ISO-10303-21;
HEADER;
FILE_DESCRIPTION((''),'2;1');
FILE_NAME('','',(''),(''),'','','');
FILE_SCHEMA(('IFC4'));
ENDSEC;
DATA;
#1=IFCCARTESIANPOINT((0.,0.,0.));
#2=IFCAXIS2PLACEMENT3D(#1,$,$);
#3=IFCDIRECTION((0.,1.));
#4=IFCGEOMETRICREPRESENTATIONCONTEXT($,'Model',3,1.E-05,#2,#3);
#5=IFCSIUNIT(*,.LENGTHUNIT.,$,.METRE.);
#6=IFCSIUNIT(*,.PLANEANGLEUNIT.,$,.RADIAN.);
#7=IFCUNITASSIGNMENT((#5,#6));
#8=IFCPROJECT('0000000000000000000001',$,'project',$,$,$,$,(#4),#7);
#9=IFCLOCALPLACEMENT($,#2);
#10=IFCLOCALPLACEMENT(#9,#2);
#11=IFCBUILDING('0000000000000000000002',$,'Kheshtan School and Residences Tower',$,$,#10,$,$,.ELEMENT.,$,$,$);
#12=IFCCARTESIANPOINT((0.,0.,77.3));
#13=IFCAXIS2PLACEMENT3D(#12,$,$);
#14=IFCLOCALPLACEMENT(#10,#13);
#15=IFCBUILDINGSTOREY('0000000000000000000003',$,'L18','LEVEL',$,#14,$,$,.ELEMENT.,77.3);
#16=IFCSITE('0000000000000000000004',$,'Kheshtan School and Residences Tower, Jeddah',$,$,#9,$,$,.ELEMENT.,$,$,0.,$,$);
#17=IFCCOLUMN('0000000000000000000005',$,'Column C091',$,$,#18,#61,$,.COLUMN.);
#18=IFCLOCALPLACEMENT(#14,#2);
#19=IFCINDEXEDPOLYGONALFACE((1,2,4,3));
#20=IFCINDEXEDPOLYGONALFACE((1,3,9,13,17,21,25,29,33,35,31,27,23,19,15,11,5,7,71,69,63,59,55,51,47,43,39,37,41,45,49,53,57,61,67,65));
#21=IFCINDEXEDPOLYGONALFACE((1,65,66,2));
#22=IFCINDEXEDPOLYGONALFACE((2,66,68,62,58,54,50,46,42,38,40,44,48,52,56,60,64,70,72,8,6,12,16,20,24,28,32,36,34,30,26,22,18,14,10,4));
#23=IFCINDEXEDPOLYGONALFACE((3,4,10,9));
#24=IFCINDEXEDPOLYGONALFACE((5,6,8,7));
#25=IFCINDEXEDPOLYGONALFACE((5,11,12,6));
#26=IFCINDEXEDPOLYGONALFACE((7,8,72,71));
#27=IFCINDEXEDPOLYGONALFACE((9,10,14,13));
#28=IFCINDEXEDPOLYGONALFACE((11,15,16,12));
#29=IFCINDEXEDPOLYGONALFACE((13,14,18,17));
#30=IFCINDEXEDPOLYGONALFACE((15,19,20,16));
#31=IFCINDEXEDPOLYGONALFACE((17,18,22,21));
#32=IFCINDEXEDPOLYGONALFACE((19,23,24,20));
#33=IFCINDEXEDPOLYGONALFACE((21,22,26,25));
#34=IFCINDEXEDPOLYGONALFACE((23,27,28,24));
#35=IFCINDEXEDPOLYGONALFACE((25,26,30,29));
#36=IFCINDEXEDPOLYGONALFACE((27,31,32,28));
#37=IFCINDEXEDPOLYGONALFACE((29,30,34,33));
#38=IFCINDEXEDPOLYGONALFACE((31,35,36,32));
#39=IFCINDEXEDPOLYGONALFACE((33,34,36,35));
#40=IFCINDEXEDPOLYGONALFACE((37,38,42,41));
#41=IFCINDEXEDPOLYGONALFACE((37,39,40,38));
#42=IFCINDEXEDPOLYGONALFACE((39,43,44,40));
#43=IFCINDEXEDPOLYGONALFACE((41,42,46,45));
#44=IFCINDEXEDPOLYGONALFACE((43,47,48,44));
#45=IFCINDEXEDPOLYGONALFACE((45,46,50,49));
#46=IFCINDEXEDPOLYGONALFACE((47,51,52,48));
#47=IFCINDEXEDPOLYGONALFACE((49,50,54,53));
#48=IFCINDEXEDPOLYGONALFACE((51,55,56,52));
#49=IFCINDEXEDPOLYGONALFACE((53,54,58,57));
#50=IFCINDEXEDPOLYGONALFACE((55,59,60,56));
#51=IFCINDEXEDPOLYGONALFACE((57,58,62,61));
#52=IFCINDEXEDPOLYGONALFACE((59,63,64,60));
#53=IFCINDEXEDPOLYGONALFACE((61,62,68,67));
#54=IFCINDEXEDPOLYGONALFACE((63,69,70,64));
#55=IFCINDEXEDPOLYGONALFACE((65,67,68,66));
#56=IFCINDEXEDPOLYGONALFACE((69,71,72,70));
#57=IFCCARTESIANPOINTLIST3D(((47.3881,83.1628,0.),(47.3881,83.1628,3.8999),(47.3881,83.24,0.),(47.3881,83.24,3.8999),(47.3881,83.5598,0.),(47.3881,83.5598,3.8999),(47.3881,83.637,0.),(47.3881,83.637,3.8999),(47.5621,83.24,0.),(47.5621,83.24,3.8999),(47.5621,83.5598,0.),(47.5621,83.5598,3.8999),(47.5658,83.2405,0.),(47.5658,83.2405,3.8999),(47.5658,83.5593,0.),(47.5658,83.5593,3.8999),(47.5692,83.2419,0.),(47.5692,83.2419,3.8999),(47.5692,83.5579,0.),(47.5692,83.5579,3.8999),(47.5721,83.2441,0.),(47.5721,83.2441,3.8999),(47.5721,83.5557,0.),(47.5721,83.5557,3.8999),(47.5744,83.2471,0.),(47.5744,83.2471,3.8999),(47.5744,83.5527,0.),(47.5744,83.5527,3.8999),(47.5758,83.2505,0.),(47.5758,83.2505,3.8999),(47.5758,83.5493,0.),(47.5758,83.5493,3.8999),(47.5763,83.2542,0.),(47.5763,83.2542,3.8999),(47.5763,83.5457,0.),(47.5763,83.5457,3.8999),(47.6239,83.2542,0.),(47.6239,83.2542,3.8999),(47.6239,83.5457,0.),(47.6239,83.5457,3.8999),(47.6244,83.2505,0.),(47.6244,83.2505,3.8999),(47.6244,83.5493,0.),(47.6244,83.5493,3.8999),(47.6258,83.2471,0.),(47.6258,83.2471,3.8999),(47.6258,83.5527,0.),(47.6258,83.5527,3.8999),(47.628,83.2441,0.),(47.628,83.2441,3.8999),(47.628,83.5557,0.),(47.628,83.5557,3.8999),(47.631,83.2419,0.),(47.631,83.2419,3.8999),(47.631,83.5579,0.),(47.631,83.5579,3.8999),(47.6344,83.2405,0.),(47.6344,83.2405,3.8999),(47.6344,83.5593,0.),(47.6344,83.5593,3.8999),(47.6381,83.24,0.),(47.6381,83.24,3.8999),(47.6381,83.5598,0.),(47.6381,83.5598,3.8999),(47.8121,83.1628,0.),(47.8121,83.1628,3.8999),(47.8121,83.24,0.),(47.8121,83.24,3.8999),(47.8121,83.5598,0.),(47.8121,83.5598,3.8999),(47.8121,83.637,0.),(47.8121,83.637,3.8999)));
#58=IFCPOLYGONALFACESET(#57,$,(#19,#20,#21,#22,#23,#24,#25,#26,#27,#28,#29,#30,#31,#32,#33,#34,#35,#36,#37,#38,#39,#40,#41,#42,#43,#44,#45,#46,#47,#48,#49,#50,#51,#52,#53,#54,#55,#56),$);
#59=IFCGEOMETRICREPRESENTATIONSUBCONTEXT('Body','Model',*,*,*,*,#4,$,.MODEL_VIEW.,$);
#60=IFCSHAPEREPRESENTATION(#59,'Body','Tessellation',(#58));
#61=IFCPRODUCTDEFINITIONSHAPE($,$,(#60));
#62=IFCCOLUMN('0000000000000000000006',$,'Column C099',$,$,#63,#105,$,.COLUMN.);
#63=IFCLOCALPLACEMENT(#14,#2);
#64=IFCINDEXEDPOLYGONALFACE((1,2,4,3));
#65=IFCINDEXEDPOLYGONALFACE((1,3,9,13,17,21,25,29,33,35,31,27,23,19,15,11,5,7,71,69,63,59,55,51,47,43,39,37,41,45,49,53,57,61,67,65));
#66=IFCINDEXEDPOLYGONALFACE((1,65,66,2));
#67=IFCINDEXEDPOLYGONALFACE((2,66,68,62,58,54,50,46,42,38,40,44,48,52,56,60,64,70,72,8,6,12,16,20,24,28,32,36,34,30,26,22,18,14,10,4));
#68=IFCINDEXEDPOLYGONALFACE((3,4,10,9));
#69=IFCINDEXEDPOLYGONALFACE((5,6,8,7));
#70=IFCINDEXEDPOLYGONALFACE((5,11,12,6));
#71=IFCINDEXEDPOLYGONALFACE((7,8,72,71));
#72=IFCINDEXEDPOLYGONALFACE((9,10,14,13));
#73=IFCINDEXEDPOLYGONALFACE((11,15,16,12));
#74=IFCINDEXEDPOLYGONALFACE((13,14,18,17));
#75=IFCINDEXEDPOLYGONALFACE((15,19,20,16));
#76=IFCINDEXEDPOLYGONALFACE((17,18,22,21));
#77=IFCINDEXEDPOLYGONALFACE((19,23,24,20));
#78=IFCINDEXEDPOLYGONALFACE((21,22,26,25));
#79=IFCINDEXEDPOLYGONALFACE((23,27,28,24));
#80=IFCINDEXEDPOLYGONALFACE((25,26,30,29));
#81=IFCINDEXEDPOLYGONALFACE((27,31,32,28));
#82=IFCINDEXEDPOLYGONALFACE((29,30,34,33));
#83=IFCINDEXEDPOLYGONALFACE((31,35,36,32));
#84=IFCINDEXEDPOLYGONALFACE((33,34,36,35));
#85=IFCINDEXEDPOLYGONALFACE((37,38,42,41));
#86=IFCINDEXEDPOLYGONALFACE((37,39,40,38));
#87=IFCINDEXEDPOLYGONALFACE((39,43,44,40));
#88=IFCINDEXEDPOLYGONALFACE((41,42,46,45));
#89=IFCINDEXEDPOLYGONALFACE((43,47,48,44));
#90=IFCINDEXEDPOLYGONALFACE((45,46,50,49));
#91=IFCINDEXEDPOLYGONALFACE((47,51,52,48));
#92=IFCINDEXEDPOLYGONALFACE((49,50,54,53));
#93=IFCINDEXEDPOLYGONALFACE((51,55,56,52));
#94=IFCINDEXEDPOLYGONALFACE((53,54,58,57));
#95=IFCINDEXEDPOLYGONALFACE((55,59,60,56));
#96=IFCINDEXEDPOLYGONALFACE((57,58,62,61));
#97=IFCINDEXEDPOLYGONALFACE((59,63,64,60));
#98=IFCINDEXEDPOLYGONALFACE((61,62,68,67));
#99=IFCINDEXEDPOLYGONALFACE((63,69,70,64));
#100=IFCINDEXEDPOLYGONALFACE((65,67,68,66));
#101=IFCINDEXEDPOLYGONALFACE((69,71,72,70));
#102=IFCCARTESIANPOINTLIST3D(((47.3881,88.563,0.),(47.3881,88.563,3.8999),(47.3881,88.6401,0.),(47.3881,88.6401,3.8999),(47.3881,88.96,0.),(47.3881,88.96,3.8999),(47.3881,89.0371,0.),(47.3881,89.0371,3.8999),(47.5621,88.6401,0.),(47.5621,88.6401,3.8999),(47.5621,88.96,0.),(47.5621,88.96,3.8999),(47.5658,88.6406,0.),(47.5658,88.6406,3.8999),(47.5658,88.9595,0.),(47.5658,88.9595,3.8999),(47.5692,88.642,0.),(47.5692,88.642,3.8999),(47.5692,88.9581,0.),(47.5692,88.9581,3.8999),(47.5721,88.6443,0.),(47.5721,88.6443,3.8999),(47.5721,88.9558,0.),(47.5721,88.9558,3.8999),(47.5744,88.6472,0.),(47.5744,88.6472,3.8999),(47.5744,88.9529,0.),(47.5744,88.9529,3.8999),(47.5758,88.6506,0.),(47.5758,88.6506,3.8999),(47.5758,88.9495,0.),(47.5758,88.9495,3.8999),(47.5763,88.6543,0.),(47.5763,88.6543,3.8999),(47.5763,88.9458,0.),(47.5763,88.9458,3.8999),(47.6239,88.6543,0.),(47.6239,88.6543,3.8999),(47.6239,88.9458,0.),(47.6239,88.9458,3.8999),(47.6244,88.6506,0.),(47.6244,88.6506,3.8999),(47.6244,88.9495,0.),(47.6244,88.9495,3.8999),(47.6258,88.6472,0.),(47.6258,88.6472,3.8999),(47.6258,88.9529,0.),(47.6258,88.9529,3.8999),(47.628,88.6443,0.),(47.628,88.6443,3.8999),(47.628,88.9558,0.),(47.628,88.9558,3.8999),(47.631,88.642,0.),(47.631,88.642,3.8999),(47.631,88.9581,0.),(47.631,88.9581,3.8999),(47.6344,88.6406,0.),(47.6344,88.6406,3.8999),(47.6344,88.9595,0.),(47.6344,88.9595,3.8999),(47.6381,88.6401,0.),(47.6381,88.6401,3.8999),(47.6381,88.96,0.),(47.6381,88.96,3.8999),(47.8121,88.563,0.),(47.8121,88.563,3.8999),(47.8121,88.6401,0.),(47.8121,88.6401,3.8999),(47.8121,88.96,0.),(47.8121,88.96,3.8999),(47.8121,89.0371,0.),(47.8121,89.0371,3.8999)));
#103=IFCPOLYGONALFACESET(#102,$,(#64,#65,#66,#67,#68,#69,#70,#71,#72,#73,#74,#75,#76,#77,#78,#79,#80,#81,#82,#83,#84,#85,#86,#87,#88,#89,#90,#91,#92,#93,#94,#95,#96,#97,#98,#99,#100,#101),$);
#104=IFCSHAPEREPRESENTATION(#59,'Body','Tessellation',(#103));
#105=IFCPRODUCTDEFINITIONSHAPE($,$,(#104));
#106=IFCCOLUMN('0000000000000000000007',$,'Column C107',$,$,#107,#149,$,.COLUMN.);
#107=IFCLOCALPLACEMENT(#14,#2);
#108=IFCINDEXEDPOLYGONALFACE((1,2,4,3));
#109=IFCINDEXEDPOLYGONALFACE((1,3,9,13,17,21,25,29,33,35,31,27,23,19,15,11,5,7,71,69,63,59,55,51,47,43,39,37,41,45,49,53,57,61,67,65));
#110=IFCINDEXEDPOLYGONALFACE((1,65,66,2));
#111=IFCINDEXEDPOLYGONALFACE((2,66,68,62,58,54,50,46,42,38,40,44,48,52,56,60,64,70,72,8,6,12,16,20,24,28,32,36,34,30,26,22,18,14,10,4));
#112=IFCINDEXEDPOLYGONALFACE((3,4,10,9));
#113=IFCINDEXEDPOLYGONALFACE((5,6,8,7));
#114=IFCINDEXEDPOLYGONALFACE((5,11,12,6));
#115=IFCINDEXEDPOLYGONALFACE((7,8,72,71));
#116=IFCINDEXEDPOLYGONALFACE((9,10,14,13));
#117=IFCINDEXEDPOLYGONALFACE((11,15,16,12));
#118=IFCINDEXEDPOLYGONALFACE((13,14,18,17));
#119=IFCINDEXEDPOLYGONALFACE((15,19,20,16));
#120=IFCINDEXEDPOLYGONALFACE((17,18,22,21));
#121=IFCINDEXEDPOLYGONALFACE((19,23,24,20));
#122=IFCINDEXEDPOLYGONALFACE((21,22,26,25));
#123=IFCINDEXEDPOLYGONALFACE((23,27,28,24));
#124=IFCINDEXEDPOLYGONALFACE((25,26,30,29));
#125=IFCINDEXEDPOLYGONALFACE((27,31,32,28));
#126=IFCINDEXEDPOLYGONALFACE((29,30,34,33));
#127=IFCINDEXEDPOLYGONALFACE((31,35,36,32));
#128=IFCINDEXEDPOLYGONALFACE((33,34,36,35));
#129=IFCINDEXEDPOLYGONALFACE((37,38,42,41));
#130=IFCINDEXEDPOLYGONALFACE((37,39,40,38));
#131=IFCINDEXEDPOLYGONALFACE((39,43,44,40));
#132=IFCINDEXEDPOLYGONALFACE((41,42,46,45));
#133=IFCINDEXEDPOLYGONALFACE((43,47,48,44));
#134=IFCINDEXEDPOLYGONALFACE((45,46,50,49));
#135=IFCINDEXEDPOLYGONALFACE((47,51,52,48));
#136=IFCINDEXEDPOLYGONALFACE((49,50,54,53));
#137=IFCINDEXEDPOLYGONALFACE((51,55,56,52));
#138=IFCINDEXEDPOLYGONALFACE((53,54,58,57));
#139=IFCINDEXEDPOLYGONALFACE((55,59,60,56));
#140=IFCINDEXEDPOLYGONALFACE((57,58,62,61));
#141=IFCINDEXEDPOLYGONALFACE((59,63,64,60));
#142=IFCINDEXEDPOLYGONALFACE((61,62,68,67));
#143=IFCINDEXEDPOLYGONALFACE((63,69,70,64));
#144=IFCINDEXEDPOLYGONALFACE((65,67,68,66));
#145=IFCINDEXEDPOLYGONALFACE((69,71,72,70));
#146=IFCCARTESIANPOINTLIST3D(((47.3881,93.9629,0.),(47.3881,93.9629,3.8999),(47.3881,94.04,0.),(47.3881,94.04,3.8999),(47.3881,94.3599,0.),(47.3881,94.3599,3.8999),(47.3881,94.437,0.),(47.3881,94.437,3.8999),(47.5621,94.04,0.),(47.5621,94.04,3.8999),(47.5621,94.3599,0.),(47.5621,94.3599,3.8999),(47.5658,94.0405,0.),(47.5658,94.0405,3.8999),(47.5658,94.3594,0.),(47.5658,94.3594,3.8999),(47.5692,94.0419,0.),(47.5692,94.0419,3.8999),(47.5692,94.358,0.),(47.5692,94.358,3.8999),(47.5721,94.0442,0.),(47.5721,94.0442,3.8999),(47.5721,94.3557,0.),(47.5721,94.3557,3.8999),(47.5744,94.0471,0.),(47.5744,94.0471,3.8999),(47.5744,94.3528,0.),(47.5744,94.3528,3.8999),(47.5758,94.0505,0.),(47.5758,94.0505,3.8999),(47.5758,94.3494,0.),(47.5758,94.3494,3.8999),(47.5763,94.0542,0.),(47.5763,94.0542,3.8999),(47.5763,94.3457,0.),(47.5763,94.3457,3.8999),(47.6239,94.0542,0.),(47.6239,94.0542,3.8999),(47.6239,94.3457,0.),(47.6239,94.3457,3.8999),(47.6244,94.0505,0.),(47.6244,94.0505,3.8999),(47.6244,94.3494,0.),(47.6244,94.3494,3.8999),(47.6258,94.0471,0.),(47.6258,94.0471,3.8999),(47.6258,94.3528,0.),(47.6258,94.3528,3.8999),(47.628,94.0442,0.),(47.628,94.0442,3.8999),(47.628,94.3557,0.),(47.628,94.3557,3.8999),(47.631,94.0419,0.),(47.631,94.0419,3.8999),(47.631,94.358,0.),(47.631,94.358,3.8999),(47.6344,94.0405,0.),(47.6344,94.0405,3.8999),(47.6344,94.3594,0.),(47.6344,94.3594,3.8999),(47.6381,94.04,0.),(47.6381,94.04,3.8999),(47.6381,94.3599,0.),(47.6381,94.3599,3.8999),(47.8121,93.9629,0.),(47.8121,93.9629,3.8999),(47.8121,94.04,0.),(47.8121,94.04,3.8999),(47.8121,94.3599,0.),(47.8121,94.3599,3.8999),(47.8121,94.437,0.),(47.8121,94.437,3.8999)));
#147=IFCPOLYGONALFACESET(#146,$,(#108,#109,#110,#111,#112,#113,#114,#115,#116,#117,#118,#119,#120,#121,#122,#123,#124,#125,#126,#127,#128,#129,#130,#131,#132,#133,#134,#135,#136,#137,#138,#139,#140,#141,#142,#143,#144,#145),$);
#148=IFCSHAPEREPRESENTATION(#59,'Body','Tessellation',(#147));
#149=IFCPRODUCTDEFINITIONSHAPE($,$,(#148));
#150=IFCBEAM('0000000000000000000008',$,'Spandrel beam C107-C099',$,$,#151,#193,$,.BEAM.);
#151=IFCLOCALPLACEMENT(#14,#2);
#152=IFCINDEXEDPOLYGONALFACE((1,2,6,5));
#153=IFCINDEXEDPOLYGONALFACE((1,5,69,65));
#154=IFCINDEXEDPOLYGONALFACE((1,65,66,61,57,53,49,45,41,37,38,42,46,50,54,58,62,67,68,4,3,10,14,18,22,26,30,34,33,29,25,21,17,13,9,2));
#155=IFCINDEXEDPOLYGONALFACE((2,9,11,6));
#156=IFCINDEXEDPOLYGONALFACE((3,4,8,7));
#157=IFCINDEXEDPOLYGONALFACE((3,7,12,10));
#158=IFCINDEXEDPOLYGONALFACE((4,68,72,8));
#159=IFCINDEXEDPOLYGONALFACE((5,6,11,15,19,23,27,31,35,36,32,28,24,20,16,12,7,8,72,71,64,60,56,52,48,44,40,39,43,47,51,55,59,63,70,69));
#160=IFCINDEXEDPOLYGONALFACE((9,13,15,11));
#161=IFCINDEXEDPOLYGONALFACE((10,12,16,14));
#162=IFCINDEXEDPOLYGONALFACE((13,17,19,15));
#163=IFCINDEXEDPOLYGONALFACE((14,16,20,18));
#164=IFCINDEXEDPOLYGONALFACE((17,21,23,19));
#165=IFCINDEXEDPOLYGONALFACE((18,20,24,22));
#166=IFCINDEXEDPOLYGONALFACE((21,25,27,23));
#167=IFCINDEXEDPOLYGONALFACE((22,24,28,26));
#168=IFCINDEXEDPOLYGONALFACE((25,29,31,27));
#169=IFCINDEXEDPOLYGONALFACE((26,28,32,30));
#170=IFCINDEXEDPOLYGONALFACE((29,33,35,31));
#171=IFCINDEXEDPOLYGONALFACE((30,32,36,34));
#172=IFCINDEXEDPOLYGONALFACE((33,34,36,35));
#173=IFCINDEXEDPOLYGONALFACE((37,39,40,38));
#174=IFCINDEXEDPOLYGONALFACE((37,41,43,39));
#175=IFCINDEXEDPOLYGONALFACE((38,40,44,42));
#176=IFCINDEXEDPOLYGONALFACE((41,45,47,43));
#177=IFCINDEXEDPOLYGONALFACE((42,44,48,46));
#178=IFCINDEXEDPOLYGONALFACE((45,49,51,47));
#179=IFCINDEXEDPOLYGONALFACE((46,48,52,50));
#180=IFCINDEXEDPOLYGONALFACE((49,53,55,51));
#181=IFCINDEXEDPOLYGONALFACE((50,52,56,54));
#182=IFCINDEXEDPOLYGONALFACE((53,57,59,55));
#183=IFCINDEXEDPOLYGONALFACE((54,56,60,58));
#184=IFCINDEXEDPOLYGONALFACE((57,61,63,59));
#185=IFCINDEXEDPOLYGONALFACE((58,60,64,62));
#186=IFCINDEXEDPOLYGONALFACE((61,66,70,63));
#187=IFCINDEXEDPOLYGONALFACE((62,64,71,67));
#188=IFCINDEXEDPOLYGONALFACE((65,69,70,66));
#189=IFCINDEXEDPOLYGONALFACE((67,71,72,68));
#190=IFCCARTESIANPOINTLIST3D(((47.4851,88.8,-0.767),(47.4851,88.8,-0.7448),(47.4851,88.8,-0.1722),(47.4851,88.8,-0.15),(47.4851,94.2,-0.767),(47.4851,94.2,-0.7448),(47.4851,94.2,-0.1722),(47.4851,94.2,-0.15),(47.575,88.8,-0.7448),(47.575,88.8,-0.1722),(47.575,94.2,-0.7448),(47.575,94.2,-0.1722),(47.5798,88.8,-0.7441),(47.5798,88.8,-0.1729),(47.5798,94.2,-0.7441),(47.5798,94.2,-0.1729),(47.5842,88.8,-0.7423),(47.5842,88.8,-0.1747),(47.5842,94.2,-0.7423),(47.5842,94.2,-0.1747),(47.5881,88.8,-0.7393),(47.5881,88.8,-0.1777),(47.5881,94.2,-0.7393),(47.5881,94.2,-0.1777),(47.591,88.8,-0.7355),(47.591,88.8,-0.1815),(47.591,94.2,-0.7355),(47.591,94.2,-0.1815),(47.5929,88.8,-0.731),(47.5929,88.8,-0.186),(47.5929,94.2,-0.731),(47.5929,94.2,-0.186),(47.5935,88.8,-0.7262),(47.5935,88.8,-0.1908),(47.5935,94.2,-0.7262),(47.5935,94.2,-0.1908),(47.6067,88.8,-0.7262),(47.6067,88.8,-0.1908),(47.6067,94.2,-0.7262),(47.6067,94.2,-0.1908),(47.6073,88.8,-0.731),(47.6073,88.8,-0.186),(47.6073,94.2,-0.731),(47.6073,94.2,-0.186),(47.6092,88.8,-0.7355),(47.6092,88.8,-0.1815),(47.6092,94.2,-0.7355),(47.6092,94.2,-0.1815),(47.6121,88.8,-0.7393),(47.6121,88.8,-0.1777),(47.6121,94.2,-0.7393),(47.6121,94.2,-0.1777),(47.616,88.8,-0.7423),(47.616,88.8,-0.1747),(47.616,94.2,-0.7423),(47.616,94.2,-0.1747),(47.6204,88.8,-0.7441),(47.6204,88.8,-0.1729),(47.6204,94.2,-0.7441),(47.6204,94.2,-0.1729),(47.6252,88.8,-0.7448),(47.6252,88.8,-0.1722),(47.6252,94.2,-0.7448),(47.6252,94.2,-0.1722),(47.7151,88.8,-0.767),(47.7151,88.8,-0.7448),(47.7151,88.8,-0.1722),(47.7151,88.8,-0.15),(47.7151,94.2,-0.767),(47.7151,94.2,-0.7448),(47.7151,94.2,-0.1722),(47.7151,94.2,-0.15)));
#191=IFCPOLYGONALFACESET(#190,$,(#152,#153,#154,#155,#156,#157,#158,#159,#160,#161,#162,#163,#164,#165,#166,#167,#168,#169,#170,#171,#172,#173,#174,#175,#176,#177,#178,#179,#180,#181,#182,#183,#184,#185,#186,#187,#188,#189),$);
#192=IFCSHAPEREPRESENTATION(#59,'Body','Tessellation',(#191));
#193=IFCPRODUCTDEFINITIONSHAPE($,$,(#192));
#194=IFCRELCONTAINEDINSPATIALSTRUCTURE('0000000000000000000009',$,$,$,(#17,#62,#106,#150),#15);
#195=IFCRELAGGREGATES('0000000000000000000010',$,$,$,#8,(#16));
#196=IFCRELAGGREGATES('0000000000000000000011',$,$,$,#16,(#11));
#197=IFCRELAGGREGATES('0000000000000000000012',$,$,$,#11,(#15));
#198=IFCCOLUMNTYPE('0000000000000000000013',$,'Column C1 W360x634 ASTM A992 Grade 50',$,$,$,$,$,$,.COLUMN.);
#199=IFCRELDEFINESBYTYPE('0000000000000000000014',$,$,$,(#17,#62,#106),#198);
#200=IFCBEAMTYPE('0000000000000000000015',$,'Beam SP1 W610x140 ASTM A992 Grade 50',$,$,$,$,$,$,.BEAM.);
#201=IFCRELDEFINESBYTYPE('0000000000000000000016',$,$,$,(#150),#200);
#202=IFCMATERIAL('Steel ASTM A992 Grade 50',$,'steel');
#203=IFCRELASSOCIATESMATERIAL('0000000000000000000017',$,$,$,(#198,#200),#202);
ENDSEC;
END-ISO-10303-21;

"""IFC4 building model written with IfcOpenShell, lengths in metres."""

from ifc_helpers import new_model, si_unit, direction, frame, origin, origin_2d, place, context, subcontext, project, spatial, i_section, extrude, material, material_profile, profile_set, type_object, element, save


model = new_model("IFC4")

# Units and contexts
model_context = context("Model", 3, precision=1e-05, world=origin(), true_north=direction((0.0, 1.0)))
body_context = subcontext(model_context, "Body", "Model", "MODEL_VIEW")
ifc_project = project(units=[si_unit("LENGTHUNIT", "METRE"), si_unit("PLANEANGLEUNIT", "RADIAN")], contexts=[model_context])

# Site, building, storey
site_placement = place(None, origin())
site = spatial("IfcSite", under=ifc_project, at=site_placement, Name="Kheshtan School and Residences Tower, Jeddah", CompositionType="ELEMENT", RefElevation=0.0)
building_placement = place(site_placement, origin())
building = spatial("IfcBuilding", under=site, at=building_placement, Name="Kheshtan School and Residences Tower", CompositionType="ELEMENT")
storey_placement = place(building_placement, frame((0.0, 0.0, 77.3)))
storey = spatial("IfcBuildingStorey", under=building, at=storey_placement, Name="L18", Description="LEVEL", CompositionType="ELEMENT", Elevation=77.3)

# Columns
ifc_material_1 = material(Name="Steel ASTM A992 Grade 50", Category="steel")
ifc_material_profile_1 = material_profile(ifc_material_1, i_section(OverallWidth=0.4241, OverallDepth=0.4741, WebThickness=0.0476, FlangeThickness=0.0771, FilletRadius=0.0142, at=origin_2d()), Name="W360x634")
ifc_profile_set_1 = profile_set([ifc_material_profile_1], Name="Steel ASTM A992 Grade 50")
column_type = type_object("IfcColumnType", Name="Column C1 W360x634 ASTM A992 Grade 50", PredefinedType="COLUMN", material=ifc_profile_set_1)
for number, where, z_axis, x_axis, name in (
    (1, (47.6001, 83.3999, 0.0), (0.0, 0.0, 1.0), (1.0, 0.0, 0.0), "Column C091"),
    (2, (47.6001, 88.8, 0.0), (0.0, 0.0, 1.0), (1.0, 0.0, 0.0), "Column C099"),
    (3, (47.6001, 94.2, 0.0), (0.0, 0.0, 1.0), (1.0, 0.0, 0.0), "Column C107"),
):
    element("IfcColumn", number, at=place(storey_placement, frame(where, z_axis=z_axis, x_axis=x_axis)), inside=storey, type_object=column_type, Name=name, PredefinedType="COLUMN", context=body_context, shape_type="SweptSolid", body=[
        extrude(i_section(OverallWidth=0.4241, OverallDepth=0.4741, WebThickness=0.0476, FlangeThickness=0.0771, FilletRadius=0.0142, at=origin_2d()), origin(), (0.0, 0.0, 1.0), 3.8999),
    ])

# Beam
ifc_material_profile_2 = material_profile(ifc_material_1, i_section(OverallWidth=0.23, OverallDepth=0.6169, WebThickness=0.0132, FlangeThickness=0.0222, FilletRadius=0.0186, at=origin_2d()), Name="W610x140")
ifc_profile_set_2 = profile_set([ifc_material_profile_2], Name="Steel ASTM A992 Grade 50")
beam_type = type_object("IfcBeamType", Name="Beam SP1 W610x140 ASTM A992 Grade 50", PredefinedType="BEAM", material=ifc_profile_set_2)
beam_1_placement = place(storey_placement, frame((47.6001, 94.2, -0.4585), z_axis=(0.0, -1.0, 0.0), x_axis=(1.0, 0.0, 0.0)))
element("IfcBeam", 4, at=beam_1_placement, inside=storey, type_object=beam_type, Name="Spandrel beam C107-C099", PredefinedType="BEAM", context=body_context, shape_type="SweptSolid", body=[
    extrude(i_section(OverallWidth=0.23, OverallDepth=0.6169, WebThickness=0.0132, FlangeThickness=0.0222, FilletRadius=0.0186, at=origin_2d()), origin(), (0.0, 0.0, 1.0), 5.3999),
])

save(model, "model.ifc")
